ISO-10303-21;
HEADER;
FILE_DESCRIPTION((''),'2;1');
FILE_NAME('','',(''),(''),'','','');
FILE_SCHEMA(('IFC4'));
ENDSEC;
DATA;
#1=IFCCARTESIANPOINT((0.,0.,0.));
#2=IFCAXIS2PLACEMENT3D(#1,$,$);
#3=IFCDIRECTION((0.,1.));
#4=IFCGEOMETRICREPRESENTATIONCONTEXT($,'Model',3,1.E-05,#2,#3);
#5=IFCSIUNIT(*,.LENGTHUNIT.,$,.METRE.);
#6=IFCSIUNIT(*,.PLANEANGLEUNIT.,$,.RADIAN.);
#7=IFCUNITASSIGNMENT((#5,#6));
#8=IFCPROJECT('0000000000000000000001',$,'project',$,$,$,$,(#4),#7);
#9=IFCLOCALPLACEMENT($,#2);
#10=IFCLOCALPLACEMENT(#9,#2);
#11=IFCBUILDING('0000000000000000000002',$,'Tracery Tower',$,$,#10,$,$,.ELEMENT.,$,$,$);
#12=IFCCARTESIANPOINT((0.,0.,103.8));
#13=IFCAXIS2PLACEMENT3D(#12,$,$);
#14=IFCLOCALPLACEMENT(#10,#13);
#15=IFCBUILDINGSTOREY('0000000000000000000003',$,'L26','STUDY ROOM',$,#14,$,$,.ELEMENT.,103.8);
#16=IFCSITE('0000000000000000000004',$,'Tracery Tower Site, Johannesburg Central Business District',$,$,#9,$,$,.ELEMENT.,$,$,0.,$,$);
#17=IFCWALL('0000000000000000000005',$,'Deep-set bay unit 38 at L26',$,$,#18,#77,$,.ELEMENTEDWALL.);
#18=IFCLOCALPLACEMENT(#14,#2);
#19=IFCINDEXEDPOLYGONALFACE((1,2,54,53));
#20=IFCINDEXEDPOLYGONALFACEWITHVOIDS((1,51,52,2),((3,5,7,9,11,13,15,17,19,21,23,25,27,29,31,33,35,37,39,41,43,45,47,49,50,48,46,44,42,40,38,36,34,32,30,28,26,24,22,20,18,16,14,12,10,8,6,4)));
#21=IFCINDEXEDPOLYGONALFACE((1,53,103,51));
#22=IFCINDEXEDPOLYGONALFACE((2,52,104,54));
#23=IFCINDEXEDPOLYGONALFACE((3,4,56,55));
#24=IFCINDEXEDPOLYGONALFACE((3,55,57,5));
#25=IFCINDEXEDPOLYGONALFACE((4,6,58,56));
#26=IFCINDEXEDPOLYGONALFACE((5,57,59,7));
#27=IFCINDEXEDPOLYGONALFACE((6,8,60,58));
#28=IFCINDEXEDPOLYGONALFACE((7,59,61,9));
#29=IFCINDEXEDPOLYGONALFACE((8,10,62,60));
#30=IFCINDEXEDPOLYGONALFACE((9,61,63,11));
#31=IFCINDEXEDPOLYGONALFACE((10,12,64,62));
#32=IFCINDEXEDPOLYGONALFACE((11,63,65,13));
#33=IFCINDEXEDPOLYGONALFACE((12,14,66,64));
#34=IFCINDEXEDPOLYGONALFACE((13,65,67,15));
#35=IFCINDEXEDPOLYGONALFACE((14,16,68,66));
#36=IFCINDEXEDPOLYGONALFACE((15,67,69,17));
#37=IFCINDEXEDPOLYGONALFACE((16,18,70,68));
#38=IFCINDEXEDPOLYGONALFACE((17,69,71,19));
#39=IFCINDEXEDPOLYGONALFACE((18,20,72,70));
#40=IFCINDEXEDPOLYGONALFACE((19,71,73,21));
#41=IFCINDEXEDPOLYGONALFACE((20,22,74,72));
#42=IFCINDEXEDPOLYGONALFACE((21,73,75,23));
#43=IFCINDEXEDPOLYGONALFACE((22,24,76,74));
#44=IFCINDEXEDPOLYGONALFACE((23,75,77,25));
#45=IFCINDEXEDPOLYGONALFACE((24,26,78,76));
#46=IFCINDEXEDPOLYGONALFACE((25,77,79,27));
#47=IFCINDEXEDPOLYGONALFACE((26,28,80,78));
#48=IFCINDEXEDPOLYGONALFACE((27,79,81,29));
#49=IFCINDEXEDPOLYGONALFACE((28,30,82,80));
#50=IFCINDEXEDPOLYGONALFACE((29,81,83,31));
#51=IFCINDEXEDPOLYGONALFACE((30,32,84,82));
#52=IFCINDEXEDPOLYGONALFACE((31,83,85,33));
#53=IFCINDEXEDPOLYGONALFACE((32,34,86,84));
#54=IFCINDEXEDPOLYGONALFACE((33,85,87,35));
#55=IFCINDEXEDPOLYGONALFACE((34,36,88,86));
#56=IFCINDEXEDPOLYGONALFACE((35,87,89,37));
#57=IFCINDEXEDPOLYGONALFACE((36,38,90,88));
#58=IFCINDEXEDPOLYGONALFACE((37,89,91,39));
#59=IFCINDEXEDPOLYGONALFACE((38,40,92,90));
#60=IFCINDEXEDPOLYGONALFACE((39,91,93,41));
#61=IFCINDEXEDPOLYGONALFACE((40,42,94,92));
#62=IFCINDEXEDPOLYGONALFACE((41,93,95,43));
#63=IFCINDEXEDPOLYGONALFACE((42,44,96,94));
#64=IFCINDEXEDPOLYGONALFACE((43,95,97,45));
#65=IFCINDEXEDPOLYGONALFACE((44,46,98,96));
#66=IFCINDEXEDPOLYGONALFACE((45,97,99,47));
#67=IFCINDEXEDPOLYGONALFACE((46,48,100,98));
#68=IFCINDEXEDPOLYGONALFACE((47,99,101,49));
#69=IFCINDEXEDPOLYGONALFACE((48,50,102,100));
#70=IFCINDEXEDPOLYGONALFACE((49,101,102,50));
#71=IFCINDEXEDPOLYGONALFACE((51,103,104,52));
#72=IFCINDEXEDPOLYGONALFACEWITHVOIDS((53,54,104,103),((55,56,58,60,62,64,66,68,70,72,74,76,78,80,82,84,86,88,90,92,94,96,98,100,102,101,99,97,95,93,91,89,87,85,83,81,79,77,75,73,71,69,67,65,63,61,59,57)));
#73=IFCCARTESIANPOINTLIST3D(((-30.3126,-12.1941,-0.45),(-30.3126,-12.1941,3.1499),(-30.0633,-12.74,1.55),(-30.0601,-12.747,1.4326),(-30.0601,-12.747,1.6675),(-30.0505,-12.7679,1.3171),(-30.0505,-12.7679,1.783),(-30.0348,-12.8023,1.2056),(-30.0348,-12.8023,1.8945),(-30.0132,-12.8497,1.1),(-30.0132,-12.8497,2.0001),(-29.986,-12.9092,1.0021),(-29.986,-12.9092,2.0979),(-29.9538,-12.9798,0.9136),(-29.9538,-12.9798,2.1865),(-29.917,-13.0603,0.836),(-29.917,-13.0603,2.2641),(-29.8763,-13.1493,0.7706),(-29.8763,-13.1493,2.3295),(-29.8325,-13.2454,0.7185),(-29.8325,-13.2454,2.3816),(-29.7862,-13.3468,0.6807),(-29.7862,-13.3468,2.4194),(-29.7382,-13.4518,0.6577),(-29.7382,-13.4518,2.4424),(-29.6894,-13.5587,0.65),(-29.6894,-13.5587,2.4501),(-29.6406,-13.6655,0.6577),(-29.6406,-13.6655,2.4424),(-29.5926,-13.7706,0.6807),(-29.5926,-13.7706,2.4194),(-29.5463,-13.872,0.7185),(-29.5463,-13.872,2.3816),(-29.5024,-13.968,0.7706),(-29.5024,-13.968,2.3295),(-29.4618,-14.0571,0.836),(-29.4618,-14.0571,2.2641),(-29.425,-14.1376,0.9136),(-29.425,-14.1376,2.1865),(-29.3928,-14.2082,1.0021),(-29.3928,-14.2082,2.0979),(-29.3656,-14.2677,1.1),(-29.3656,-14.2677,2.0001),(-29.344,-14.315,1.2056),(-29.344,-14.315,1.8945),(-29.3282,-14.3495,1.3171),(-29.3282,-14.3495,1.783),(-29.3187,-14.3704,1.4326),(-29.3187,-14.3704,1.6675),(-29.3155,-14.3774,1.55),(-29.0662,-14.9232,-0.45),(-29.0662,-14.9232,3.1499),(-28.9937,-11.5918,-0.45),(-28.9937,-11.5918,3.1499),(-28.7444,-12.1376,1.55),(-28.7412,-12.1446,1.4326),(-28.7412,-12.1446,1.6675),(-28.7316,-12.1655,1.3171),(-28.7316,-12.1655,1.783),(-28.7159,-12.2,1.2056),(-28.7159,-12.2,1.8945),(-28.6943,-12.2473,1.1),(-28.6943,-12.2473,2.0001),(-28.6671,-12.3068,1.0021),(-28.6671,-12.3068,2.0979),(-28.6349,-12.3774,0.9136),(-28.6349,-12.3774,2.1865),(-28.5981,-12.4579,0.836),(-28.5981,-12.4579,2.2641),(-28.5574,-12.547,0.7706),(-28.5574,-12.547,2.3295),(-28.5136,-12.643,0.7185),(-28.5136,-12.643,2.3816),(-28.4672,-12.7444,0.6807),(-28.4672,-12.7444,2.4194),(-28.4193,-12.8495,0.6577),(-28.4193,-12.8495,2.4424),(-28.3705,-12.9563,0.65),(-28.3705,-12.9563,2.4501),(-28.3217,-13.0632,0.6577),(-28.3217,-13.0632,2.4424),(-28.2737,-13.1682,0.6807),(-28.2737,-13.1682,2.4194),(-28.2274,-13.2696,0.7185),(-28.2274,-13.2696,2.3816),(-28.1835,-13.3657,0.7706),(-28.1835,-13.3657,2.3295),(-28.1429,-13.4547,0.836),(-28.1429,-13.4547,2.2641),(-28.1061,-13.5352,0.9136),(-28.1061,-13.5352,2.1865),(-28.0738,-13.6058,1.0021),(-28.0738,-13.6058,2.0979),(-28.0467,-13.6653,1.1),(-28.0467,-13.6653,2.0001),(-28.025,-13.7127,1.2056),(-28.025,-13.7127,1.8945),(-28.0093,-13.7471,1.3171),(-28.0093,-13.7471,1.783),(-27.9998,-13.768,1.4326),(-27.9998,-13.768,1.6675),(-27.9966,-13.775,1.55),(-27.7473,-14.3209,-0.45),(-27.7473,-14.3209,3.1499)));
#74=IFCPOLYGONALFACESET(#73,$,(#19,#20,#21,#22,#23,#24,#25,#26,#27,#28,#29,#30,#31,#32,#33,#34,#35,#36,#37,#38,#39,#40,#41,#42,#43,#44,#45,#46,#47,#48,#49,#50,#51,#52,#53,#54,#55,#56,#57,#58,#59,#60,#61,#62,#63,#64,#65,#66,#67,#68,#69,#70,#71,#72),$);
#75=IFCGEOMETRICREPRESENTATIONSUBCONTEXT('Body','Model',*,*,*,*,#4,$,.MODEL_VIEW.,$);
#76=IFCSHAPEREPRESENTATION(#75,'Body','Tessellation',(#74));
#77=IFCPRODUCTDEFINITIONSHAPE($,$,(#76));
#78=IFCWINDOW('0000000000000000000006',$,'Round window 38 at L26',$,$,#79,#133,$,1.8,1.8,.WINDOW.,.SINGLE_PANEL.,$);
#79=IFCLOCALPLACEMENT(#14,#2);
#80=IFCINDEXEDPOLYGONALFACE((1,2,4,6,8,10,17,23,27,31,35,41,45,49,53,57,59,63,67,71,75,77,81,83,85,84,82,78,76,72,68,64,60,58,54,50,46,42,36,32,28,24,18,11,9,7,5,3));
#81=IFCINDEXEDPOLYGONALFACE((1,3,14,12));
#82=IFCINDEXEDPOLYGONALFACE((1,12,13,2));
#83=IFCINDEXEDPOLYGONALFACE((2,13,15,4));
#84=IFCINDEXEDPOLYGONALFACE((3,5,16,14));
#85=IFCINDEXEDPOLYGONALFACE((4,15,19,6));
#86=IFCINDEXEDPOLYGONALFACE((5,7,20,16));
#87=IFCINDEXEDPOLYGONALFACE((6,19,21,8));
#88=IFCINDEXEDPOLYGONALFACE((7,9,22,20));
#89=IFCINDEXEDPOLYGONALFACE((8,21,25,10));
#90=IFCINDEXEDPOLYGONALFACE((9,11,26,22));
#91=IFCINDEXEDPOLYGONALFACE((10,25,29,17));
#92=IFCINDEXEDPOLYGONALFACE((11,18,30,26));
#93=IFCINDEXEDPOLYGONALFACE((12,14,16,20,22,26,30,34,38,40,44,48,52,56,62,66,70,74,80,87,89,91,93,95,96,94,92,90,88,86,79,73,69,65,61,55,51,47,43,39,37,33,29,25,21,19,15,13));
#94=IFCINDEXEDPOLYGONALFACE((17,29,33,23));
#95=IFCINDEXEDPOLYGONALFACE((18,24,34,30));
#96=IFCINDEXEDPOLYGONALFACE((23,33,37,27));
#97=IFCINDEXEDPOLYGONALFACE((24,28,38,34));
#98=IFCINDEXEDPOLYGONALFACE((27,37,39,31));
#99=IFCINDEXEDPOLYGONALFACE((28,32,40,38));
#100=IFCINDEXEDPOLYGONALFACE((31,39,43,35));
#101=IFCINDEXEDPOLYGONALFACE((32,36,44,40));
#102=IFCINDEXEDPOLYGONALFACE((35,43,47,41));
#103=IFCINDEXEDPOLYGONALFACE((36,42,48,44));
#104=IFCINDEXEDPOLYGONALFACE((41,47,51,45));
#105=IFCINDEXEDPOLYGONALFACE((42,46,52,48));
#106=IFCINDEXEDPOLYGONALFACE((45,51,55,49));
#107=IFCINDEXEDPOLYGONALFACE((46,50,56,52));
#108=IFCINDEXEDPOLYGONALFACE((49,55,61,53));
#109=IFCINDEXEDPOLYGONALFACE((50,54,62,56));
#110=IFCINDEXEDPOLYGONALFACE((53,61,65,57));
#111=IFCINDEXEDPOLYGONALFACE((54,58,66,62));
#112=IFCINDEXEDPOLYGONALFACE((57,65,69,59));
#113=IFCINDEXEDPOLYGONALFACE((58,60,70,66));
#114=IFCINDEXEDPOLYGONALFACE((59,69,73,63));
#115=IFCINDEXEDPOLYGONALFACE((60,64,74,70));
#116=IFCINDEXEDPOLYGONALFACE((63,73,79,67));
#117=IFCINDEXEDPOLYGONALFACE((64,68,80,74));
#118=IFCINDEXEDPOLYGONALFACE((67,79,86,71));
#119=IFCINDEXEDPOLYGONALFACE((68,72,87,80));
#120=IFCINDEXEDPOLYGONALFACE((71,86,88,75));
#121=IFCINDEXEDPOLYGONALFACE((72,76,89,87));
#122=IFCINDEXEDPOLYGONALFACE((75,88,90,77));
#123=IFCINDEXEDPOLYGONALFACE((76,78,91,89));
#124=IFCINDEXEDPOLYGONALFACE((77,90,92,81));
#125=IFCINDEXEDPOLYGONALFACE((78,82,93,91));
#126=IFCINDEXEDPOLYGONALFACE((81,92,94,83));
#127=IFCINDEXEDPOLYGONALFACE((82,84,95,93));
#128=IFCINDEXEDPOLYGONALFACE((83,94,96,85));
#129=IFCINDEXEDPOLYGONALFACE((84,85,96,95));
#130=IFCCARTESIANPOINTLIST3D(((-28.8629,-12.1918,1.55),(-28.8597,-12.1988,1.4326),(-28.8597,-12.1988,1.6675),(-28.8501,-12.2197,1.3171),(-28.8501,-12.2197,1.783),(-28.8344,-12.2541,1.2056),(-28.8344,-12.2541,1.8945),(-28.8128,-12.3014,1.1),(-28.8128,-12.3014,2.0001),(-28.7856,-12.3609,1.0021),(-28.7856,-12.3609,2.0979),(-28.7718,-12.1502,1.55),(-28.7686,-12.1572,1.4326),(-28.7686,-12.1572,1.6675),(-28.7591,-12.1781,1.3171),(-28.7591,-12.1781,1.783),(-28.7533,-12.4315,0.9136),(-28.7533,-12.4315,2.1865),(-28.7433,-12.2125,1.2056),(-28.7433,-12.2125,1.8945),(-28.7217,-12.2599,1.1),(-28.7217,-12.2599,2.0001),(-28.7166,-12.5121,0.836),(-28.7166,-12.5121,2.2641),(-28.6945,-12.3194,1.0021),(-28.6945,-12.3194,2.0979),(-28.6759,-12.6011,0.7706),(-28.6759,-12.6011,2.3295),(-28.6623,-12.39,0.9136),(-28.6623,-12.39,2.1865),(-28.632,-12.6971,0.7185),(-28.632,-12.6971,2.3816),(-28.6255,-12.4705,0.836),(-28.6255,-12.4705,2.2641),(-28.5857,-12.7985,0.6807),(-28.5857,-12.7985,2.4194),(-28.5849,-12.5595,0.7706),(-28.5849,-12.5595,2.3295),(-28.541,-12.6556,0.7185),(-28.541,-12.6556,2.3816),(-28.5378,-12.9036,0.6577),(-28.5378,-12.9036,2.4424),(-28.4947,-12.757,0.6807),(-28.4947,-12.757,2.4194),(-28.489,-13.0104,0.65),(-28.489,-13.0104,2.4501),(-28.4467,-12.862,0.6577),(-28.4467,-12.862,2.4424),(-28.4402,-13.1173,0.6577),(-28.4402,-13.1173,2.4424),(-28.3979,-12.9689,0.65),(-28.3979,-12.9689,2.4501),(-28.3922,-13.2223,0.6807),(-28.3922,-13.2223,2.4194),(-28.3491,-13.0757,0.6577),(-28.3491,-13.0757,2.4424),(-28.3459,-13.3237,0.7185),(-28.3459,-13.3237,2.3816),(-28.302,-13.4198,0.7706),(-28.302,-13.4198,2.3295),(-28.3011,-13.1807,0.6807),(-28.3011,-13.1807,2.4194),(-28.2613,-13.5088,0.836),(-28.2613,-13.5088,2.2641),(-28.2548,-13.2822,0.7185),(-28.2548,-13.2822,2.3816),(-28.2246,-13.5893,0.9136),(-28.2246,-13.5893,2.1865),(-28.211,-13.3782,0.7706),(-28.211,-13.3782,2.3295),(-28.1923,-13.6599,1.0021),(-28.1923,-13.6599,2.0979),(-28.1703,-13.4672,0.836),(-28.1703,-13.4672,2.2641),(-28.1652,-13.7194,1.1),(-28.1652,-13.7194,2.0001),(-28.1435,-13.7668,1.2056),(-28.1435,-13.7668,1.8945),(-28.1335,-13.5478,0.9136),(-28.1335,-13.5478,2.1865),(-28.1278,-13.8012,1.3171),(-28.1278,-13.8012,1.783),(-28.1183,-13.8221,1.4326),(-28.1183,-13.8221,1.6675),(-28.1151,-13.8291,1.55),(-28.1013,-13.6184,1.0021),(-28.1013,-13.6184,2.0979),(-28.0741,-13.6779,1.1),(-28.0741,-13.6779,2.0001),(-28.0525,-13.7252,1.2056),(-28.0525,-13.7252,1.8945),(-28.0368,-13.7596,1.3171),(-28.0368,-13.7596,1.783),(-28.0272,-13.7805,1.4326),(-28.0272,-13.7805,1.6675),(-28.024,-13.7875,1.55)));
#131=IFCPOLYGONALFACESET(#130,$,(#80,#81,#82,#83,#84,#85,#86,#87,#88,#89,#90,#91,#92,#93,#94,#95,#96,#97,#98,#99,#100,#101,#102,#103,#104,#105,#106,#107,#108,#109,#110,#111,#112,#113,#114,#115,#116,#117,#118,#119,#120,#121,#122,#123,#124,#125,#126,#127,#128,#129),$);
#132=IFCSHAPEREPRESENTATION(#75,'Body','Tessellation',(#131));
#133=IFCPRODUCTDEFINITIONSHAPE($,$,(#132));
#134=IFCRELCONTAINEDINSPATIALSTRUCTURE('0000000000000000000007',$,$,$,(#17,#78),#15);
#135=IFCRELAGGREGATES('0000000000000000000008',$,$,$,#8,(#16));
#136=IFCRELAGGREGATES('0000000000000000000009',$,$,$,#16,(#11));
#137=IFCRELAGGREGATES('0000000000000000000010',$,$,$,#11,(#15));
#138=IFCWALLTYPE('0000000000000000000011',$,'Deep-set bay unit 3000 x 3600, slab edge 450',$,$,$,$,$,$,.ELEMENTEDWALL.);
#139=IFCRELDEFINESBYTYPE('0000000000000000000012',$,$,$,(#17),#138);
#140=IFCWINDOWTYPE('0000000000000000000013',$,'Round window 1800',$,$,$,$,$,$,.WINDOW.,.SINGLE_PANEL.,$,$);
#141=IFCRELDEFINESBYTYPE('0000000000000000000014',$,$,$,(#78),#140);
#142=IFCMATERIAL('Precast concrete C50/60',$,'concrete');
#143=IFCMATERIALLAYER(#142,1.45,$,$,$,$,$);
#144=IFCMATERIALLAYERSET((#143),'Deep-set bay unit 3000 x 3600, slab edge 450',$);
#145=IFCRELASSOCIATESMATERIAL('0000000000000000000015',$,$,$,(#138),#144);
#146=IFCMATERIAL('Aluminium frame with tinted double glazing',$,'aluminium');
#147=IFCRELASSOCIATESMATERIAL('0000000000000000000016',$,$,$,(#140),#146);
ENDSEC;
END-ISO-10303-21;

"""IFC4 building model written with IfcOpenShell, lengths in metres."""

from ifc_helpers import new_model, si_unit, direction, frame, frame_2d, origin, origin_2d, place, context, subcontext, project, spatial, rectangle, circle, extrude, material, layer, layer_set, type_object, element, fill, save


model = new_model("IFC4")

# Units and contexts
model_context = context("Model", 3, precision=1e-05, world=origin(), true_north=direction((0.0, 1.0)))
body_context = subcontext(model_context, "Body", "Model", "MODEL_VIEW")
ifc_project = project(units=[si_unit("LENGTHUNIT", "METRE"), si_unit("PLANEANGLEUNIT", "RADIAN")], contexts=[model_context])

# Site, building, storey
site_placement = place(None, origin())
site = spatial("IfcSite", under=ifc_project, at=site_placement, Name="Tracery Tower Site, Johannesburg Central Business District", CompositionType="ELEMENT", RefElevation=0.0)
building_placement = place(site_placement, origin())
building = spatial("IfcBuilding", under=site, at=building_placement, Name="Tracery Tower", CompositionType="ELEMENT")
storey_placement = place(building_placement, frame((0.0, 0.0, 103.8)))
storey = spatial("IfcBuildingStorey", under=building, at=storey_placement, Name="L26", Description="STUDY ROOM", CompositionType="ELEMENT", Elevation=103.8)

# Wall, opening, window
ifc_material_1 = material(Name="Precast concrete C50/60", Category="concrete")
ifc_layer_1 = layer(ifc_material_1, 1.45)
ifc_layer_set_1 = layer_set([ifc_layer_1], Name="Deep-set bay unit 3000 x 3600, slab edge 450")
wall_type_1 = type_object("IfcWallType", Name="Deep-set bay unit 3000 x 3600, slab edge 450", PredefinedType="ELEMENTEDWALL", material=ifc_layer_set_1)
wall_1_placement = place(storey_placement, frame((-29.6531, -11.8931, -0.45), z_axis=(0.0, 0.0, 1.0), x_axis=(0.415427, -0.909627, 0.0)))
wall_1 = element("IfcWall", 1, at=wall_1_placement, inside=storey, type_object=wall_type_1, Name="Deep-set bay unit 38 at L26", PredefinedType="ELEMENTEDWALL", context=body_context, shape_type="SweptSolid", body=[
    extrude(rectangle(XDim=3.0002, YDim=1.45, at=frame_2d((1.5, 0.0))), origin(), (0.0, 0.0, 1.0), 3.5999),
])
opening_1_placement = place(wall_1_placement, frame((1.5, 0.0, 2.0)))
opening_1 = element("IfcOpeningElement", 2, at=opening_1_placement, cuts=wall_1, PredefinedType="OPENING", context=body_context, shape_type="SweptSolid", body=[
    extrude(circle(Radius=0.9, at=origin_2d()), frame((0.0, 0.7349, 0.0), z_axis=(0.0, -1.0, 0.0), x_axis=(1.0, 0.0, 0.0)), (0.0, 0.0, 1.0), 1.47),
])
ifc_material_2 = material(Name="Aluminium frame with tinted double glazing", Category="aluminium")
window_type = type_object("IfcWindowType", Name="Round window 1800", PartitioningType="SINGLE_PANEL", PredefinedType="WINDOW", material=ifc_material_2)
window_1_placement = place(opening_1_placement, origin())
window_1 = element("IfcWindow", 3, at=window_1_placement, inside=storey, type_object=window_type, Name="Round window 38 at L26", OverallHeight=1.8, OverallWidth=1.8, PartitioningType="SINGLE_PANEL", PredefinedType="WINDOW", context=body_context, shape_type="SweptSolid", body=[
    extrude(circle(Radius=0.9, at=origin_2d()), frame((0.0, 0.6948, 0.0), z_axis=(0.0, -1.0, 0.0), x_axis=(1.0, 0.0, 0.0)), (0.0, 0.0, 1.0), 0.1001),
])
fill(opening_1, window_1)

save(model, "model.ifc")
